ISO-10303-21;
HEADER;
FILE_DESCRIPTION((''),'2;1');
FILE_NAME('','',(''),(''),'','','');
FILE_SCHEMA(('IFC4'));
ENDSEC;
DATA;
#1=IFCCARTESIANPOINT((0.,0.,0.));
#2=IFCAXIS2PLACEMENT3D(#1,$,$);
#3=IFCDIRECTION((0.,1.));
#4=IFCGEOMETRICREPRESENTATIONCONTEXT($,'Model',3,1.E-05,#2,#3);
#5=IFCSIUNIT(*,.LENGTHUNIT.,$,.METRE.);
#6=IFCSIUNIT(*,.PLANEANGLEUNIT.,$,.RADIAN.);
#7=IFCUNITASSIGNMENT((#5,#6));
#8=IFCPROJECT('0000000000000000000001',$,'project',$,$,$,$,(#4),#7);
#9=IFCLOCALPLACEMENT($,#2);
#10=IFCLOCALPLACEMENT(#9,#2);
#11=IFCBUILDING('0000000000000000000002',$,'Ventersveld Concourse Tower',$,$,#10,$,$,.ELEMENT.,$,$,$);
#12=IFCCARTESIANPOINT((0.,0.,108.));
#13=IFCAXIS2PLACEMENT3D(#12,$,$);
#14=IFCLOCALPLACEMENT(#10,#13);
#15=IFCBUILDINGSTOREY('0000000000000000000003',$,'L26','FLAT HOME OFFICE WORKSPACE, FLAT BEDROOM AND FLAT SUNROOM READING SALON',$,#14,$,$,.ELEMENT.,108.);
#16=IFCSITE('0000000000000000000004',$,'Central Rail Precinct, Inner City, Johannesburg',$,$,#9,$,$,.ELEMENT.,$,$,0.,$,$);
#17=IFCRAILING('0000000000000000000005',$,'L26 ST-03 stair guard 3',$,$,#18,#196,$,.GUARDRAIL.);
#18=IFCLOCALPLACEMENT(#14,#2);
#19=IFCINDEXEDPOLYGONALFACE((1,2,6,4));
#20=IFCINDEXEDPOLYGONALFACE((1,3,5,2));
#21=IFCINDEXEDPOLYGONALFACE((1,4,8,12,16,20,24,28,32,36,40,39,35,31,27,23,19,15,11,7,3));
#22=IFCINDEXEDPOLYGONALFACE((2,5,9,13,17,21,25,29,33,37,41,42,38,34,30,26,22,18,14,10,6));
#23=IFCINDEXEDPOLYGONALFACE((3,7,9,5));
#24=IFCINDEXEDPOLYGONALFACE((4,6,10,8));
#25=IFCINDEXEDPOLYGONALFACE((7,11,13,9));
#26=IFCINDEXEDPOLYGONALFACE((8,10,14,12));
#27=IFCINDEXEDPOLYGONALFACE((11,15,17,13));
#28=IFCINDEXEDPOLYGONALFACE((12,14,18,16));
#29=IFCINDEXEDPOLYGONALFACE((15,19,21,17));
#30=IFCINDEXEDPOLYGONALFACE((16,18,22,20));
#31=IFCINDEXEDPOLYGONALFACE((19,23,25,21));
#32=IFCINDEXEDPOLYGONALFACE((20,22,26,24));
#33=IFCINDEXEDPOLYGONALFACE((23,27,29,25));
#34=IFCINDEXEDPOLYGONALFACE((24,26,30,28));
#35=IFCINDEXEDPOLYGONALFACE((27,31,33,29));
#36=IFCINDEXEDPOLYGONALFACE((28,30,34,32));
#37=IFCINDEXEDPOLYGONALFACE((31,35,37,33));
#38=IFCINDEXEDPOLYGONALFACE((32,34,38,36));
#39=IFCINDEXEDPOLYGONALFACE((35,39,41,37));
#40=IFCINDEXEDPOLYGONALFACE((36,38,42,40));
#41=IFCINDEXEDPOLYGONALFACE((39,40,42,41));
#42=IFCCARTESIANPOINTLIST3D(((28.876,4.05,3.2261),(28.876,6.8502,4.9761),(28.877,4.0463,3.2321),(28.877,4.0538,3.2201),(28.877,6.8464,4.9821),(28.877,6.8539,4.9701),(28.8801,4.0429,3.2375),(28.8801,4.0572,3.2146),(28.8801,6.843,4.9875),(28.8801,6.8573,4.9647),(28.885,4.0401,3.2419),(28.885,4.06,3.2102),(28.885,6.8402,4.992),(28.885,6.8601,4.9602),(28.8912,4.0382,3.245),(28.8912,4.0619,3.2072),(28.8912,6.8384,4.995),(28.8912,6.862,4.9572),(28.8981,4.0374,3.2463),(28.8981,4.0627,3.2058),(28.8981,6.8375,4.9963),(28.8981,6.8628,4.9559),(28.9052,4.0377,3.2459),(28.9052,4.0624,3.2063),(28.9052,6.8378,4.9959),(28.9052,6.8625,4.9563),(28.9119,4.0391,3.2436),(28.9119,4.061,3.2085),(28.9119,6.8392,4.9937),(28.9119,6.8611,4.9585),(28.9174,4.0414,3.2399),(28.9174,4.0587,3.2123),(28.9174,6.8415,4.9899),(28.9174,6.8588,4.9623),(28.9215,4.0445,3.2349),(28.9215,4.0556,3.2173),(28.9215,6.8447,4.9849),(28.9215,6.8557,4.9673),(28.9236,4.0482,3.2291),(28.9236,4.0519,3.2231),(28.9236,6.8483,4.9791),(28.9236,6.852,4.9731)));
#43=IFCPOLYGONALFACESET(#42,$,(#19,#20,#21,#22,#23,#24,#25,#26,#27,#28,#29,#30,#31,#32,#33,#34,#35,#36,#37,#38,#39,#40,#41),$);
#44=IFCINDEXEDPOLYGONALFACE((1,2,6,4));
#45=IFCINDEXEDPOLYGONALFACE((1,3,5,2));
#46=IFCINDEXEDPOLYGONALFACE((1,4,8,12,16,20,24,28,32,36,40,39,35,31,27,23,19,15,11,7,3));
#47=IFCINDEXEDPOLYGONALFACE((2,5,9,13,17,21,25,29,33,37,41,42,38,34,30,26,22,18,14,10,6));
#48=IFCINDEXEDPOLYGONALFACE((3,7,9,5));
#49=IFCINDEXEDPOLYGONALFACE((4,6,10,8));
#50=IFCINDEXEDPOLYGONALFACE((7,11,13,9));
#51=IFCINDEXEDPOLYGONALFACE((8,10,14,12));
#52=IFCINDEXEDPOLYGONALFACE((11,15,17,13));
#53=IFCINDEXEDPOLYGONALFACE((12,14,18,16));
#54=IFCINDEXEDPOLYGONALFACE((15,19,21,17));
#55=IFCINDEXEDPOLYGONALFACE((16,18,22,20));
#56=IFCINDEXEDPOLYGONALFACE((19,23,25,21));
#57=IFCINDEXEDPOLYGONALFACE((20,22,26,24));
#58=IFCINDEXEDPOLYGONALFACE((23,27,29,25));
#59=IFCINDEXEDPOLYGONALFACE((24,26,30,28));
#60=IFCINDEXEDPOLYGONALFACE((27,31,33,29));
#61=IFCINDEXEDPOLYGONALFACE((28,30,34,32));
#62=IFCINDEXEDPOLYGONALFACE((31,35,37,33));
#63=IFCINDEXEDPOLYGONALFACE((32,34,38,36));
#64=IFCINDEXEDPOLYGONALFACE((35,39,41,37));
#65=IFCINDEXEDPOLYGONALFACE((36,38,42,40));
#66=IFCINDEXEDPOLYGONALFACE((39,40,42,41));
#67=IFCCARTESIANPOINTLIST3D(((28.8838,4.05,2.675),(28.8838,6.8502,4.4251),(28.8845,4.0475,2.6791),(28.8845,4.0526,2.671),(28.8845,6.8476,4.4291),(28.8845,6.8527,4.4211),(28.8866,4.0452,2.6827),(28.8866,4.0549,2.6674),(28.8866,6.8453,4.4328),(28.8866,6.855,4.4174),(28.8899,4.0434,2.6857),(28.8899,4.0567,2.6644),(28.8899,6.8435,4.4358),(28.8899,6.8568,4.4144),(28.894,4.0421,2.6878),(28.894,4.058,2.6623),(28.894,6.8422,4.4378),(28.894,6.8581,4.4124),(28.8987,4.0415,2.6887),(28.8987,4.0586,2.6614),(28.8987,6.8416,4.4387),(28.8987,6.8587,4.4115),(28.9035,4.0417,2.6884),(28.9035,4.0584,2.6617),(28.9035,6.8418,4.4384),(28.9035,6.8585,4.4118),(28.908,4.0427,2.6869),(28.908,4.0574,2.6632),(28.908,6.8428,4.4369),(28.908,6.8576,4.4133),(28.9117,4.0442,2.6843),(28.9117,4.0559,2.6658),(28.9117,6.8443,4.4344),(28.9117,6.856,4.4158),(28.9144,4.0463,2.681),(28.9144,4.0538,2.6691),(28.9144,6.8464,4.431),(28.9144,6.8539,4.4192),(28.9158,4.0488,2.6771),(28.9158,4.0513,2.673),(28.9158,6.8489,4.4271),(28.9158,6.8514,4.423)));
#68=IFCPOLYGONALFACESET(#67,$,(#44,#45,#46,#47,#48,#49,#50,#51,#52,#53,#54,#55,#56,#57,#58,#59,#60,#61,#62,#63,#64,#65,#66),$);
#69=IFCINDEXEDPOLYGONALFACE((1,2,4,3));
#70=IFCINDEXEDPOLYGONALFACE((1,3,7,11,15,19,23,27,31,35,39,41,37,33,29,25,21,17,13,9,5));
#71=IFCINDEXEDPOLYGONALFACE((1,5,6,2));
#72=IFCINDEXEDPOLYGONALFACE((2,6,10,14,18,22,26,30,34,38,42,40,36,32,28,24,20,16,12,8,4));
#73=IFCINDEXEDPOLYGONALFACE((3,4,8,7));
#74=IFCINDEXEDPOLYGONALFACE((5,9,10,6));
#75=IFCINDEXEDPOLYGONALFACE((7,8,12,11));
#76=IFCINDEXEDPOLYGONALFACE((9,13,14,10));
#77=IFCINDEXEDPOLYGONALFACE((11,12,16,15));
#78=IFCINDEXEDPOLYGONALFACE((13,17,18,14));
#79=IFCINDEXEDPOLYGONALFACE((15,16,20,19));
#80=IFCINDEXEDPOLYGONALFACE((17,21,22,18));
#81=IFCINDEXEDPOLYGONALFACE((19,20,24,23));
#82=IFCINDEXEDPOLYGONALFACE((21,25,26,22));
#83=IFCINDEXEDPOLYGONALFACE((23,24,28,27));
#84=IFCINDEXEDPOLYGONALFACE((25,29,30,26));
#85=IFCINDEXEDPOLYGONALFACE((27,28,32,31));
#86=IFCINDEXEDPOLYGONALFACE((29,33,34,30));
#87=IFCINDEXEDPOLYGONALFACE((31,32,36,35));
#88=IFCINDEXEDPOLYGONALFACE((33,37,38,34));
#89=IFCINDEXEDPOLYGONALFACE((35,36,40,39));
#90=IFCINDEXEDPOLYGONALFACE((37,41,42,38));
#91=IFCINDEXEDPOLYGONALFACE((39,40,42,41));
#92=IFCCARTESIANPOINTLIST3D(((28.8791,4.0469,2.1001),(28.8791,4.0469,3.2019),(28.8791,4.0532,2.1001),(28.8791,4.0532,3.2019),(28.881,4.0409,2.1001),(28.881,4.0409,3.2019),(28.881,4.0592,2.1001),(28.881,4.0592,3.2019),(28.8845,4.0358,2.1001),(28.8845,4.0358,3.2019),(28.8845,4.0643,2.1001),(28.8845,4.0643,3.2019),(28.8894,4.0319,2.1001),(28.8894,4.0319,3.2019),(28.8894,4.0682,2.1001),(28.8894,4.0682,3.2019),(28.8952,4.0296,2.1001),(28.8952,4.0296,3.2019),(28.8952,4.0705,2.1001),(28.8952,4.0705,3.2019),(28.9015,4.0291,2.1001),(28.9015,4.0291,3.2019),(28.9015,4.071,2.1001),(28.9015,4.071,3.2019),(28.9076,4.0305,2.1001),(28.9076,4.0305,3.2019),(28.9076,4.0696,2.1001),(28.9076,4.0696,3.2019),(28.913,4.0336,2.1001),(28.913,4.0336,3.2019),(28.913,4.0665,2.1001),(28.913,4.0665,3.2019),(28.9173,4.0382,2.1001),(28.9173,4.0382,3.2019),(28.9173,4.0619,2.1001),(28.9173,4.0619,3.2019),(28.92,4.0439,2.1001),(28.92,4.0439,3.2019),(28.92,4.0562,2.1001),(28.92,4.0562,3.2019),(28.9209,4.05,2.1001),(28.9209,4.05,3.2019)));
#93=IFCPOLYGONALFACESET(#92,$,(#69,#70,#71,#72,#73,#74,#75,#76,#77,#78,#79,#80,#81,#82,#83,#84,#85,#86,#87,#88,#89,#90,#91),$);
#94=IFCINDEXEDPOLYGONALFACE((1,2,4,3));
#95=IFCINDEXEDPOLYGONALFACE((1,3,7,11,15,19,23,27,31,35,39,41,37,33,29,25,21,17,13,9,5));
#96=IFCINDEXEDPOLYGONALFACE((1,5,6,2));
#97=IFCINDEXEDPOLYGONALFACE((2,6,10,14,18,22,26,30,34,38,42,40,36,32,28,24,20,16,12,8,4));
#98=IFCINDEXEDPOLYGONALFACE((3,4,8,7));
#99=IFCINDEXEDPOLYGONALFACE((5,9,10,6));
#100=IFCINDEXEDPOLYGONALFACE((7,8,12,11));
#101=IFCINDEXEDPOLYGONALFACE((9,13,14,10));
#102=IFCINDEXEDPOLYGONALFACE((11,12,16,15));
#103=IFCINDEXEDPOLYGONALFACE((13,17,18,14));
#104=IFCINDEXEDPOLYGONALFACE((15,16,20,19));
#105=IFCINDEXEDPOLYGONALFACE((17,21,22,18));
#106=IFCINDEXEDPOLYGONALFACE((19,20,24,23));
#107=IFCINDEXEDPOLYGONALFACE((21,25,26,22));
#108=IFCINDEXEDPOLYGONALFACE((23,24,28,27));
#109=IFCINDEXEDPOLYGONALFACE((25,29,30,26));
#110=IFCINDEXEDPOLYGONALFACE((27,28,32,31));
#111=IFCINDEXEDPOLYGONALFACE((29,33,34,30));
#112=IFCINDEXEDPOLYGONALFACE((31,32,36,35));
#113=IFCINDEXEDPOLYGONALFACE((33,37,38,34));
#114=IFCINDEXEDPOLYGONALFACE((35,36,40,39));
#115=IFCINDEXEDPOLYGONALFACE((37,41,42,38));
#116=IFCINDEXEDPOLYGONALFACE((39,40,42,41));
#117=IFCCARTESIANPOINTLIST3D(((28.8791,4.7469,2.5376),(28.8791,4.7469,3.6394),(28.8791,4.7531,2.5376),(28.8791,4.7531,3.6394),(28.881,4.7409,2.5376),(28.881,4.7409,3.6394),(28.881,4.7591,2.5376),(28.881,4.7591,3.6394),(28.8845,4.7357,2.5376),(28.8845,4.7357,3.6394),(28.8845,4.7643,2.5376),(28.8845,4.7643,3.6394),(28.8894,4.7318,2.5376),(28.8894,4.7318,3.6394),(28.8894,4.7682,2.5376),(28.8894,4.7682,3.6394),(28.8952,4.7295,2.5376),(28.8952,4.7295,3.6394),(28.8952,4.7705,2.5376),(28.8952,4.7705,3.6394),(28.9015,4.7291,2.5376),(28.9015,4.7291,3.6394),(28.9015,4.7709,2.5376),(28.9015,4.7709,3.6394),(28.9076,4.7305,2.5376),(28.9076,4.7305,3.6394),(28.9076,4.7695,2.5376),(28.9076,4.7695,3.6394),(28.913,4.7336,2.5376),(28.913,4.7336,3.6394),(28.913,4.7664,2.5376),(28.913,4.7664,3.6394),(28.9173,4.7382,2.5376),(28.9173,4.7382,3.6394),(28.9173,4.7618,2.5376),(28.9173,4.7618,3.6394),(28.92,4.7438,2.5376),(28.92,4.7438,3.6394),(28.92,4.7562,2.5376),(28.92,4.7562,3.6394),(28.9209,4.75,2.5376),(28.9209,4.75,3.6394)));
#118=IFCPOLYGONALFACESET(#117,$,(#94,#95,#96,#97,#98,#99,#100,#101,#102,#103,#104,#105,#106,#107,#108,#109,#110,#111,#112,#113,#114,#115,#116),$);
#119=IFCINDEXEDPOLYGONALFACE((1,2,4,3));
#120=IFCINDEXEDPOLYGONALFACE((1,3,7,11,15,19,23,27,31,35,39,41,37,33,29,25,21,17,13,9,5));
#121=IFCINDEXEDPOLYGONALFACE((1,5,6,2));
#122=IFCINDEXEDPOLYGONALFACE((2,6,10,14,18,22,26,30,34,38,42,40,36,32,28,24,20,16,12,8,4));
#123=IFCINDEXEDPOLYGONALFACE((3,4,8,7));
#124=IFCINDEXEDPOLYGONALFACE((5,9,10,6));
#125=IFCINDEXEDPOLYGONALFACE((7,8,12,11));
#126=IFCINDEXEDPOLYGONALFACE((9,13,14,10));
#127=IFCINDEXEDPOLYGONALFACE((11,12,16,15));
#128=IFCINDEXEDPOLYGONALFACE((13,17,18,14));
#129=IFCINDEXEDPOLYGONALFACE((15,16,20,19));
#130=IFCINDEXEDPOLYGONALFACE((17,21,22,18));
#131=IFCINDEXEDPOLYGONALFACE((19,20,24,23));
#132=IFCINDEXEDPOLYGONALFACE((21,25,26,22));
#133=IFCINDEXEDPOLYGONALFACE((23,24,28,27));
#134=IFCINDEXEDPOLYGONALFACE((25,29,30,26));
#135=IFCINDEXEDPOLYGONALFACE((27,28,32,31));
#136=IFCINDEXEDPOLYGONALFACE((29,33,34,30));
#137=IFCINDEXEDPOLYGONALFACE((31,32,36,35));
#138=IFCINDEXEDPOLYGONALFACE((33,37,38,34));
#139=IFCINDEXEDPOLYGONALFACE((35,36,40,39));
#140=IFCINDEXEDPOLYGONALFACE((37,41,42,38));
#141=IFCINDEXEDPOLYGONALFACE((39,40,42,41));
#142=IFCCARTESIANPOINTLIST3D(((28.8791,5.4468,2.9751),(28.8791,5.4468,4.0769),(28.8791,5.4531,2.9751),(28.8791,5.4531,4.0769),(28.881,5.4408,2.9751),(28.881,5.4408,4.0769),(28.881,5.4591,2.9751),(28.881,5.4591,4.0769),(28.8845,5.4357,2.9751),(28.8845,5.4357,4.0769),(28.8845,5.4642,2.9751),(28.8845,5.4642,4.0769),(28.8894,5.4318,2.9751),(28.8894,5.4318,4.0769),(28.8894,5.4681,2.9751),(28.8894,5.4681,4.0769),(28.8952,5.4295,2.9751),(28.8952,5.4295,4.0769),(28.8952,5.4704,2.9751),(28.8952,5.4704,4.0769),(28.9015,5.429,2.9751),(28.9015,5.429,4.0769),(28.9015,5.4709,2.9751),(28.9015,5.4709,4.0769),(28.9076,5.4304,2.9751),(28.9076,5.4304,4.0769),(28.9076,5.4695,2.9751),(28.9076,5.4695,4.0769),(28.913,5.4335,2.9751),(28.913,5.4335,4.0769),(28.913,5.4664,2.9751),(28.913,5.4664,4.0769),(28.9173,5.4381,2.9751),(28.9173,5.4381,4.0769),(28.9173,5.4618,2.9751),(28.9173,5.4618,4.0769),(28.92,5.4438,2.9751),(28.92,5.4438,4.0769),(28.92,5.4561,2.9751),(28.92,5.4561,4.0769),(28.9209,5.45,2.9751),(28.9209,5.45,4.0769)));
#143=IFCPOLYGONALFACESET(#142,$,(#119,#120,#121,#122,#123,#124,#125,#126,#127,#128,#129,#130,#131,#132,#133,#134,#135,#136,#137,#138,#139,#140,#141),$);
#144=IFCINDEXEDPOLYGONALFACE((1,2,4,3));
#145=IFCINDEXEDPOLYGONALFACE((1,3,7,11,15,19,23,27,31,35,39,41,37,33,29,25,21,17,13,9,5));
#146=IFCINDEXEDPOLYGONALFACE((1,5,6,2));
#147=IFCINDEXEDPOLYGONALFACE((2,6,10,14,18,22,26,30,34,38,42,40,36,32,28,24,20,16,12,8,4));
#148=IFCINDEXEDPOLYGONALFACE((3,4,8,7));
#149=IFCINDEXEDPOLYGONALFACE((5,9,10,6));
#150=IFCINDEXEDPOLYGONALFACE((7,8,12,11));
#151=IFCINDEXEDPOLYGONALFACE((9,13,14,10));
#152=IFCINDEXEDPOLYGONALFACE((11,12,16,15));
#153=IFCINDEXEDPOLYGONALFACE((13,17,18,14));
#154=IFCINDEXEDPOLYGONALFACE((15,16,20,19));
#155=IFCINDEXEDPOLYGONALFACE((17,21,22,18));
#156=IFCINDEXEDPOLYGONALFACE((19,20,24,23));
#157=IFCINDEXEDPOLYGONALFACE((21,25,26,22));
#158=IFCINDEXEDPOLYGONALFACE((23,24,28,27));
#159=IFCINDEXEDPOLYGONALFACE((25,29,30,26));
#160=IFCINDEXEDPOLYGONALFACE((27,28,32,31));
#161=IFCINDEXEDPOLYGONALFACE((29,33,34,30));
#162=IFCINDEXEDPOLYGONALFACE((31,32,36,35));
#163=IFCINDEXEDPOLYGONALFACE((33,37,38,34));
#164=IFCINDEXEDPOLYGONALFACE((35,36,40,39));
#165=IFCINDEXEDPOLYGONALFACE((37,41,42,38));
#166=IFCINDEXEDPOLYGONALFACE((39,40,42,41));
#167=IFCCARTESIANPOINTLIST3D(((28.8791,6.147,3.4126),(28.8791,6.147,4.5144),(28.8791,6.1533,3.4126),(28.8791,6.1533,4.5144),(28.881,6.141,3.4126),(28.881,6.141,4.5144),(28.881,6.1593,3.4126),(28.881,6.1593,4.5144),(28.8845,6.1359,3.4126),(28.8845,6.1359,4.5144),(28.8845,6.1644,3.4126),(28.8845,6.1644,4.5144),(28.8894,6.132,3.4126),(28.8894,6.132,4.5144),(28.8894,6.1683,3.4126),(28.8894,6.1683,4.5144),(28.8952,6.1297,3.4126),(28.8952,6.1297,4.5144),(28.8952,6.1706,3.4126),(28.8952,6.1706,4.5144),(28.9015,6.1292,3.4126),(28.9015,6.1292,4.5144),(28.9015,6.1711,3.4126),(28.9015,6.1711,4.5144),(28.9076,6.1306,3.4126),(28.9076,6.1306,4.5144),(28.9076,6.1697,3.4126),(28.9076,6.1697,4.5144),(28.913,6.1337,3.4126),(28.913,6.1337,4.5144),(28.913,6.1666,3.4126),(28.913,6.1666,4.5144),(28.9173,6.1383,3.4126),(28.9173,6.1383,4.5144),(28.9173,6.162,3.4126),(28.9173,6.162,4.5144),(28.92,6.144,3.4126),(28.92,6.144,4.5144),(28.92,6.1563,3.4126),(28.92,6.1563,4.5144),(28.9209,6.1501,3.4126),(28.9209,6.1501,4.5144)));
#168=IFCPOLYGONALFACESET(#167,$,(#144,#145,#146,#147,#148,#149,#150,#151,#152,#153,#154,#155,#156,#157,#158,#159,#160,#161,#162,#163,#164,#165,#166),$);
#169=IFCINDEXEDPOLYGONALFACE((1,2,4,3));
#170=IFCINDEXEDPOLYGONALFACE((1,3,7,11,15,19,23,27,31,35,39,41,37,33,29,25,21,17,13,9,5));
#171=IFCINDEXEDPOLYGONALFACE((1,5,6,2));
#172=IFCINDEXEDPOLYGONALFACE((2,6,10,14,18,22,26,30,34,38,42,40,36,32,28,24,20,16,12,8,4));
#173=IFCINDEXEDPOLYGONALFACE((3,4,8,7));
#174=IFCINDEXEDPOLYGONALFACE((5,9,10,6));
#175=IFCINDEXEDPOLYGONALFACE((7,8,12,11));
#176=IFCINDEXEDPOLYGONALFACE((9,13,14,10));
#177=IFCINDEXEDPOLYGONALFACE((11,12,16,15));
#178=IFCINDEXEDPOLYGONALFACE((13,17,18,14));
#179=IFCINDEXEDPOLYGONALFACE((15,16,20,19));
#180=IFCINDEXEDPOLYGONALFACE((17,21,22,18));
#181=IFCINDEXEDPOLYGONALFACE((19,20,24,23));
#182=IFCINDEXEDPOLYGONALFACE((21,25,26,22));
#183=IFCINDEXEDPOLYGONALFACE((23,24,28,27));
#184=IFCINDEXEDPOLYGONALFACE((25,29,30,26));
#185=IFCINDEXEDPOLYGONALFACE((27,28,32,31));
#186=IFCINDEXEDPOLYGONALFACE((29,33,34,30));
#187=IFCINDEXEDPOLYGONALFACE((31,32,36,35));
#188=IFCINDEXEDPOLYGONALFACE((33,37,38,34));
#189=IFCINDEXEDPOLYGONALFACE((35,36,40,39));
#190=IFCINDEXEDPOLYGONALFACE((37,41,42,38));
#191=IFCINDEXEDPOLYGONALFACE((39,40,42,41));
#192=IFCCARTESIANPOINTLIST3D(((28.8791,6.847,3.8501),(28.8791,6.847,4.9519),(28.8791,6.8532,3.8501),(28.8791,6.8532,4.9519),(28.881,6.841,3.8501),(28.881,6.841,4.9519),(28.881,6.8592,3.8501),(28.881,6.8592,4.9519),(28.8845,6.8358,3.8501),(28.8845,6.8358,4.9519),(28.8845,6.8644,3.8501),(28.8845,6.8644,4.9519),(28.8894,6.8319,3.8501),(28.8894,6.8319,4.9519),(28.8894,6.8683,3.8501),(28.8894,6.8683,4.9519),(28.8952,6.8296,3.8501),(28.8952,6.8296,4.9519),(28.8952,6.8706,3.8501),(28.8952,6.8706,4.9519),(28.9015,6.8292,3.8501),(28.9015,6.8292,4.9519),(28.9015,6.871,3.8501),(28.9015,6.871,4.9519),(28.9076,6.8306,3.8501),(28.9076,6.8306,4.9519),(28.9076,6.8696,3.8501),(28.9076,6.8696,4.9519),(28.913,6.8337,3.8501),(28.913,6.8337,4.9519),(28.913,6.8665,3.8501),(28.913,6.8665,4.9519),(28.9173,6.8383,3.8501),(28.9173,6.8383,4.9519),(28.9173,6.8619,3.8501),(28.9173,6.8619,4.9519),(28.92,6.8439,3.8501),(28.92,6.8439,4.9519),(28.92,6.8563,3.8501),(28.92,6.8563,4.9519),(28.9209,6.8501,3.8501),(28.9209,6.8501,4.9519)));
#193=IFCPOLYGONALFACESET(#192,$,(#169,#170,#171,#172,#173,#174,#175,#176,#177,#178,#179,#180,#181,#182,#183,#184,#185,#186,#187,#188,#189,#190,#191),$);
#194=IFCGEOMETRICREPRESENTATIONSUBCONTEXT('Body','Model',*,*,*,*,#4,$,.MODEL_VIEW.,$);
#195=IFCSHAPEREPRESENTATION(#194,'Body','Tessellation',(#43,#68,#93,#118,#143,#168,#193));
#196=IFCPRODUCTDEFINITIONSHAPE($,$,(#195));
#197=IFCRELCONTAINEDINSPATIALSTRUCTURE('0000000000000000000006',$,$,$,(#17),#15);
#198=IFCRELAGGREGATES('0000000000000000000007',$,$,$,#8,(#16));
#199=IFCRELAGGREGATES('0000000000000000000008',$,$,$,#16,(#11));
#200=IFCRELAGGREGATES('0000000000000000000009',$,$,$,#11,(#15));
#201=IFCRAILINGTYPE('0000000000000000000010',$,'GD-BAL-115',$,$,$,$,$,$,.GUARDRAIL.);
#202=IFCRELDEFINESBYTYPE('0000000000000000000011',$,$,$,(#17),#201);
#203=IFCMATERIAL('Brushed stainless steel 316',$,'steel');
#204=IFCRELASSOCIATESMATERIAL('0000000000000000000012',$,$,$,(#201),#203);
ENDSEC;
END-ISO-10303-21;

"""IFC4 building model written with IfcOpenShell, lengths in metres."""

from ifc_helpers import new_model, si_unit, direction, frame, origin, origin_2d, place, context, subcontext, project, spatial, circle, extrude, material, type_object, element, save


model = new_model("IFC4")

# Units and contexts
model_context = context("Model", 3, precision=1e-05, world=origin(), true_north=direction((0.0, 1.0)))
body_context = subcontext(model_context, "Body", "Model", "MODEL_VIEW")
ifc_project = project(units=[si_unit("LENGTHUNIT", "METRE"), si_unit("PLANEANGLEUNIT", "RADIAN")], contexts=[model_context])

# Site, building, storey
site_placement = place(None, origin())
site = spatial("IfcSite", under=ifc_project, at=site_placement, Name="Central Rail Precinct, Inner City, Johannesburg", CompositionType="ELEMENT", RefElevation=0.0)
building_placement = place(site_placement, origin())
building = spatial("IfcBuilding", under=site, at=building_placement, Name="Ventersveld Concourse Tower", CompositionType="ELEMENT")
storey_placement = place(building_placement, frame((0.0, 0.0, 108.0)))
storey = spatial("IfcBuildingStorey", under=building, at=storey_placement, Name="L26", Description="FLAT HOME OFFICE WORKSPACE, FLAT BEDROOM AND FLAT SUNROOM READING SALON", CompositionType="ELEMENT", Elevation=108.0)

# Railing
ifc_material_1 = material(Name="Brushed stainless steel 316", Category="steel")
railing_type_1 = type_object("IfcRailingType", Name="GD-BAL-115", PredefinedType="GUARDRAIL", material=ifc_material_1)
railing_1_placement = place(storey_placement, frame((28.8999, 4.05, 2.1001)))
element("IfcRailing", 1, at=railing_1_placement, inside=storey, type_object=railing_type_1, Name="L26 ST-03 stair guard 3", PredefinedType="GUARDRAIL", context=body_context, shape_type="SweptSolid", body=[
    extrude(circle(Radius=0.0239, at=origin_2d()), frame((0.0, 0.0, 1.126), z_axis=(0.0, 0.848002, 0.529992), x_axis=(-1.0, 0.0, 0.0)), (0.0, 0.0, 1.0), 3.302),
    extrude(circle(Radius=0.0161, at=origin_2d()), frame((0.0, 0.0, 0.575), z_axis=(0.0, 0.848002, 0.529992), x_axis=(-1.0, 0.0, 0.0)), (0.0, 0.0, 1.0), 3.302),
    extrude(circle(Radius=0.021, at=origin_2d()), origin(), (0.0, 0.0, 1.0), 1.1018),
    extrude(circle(Radius=0.021, at=origin_2d()), frame((0.0, 0.7, 0.4375)), (0.0, 0.0, 1.0), 1.1018),
    extrude(circle(Radius=0.021, at=origin_2d()), frame((0.0, 1.3999, 0.875)), (0.0, 0.0, 1.0), 1.1018),
    extrude(circle(Radius=0.021, at=origin_2d()), frame((0.0, 2.1001, 1.3125)), (0.0, 0.0, 1.0), 1.1018),
    extrude(circle(Radius=0.021, at=origin_2d()), frame((0.0, 2.8, 1.75)), (0.0, 0.0, 1.0), 1.1018),
])

save(model, "model.ifc")
